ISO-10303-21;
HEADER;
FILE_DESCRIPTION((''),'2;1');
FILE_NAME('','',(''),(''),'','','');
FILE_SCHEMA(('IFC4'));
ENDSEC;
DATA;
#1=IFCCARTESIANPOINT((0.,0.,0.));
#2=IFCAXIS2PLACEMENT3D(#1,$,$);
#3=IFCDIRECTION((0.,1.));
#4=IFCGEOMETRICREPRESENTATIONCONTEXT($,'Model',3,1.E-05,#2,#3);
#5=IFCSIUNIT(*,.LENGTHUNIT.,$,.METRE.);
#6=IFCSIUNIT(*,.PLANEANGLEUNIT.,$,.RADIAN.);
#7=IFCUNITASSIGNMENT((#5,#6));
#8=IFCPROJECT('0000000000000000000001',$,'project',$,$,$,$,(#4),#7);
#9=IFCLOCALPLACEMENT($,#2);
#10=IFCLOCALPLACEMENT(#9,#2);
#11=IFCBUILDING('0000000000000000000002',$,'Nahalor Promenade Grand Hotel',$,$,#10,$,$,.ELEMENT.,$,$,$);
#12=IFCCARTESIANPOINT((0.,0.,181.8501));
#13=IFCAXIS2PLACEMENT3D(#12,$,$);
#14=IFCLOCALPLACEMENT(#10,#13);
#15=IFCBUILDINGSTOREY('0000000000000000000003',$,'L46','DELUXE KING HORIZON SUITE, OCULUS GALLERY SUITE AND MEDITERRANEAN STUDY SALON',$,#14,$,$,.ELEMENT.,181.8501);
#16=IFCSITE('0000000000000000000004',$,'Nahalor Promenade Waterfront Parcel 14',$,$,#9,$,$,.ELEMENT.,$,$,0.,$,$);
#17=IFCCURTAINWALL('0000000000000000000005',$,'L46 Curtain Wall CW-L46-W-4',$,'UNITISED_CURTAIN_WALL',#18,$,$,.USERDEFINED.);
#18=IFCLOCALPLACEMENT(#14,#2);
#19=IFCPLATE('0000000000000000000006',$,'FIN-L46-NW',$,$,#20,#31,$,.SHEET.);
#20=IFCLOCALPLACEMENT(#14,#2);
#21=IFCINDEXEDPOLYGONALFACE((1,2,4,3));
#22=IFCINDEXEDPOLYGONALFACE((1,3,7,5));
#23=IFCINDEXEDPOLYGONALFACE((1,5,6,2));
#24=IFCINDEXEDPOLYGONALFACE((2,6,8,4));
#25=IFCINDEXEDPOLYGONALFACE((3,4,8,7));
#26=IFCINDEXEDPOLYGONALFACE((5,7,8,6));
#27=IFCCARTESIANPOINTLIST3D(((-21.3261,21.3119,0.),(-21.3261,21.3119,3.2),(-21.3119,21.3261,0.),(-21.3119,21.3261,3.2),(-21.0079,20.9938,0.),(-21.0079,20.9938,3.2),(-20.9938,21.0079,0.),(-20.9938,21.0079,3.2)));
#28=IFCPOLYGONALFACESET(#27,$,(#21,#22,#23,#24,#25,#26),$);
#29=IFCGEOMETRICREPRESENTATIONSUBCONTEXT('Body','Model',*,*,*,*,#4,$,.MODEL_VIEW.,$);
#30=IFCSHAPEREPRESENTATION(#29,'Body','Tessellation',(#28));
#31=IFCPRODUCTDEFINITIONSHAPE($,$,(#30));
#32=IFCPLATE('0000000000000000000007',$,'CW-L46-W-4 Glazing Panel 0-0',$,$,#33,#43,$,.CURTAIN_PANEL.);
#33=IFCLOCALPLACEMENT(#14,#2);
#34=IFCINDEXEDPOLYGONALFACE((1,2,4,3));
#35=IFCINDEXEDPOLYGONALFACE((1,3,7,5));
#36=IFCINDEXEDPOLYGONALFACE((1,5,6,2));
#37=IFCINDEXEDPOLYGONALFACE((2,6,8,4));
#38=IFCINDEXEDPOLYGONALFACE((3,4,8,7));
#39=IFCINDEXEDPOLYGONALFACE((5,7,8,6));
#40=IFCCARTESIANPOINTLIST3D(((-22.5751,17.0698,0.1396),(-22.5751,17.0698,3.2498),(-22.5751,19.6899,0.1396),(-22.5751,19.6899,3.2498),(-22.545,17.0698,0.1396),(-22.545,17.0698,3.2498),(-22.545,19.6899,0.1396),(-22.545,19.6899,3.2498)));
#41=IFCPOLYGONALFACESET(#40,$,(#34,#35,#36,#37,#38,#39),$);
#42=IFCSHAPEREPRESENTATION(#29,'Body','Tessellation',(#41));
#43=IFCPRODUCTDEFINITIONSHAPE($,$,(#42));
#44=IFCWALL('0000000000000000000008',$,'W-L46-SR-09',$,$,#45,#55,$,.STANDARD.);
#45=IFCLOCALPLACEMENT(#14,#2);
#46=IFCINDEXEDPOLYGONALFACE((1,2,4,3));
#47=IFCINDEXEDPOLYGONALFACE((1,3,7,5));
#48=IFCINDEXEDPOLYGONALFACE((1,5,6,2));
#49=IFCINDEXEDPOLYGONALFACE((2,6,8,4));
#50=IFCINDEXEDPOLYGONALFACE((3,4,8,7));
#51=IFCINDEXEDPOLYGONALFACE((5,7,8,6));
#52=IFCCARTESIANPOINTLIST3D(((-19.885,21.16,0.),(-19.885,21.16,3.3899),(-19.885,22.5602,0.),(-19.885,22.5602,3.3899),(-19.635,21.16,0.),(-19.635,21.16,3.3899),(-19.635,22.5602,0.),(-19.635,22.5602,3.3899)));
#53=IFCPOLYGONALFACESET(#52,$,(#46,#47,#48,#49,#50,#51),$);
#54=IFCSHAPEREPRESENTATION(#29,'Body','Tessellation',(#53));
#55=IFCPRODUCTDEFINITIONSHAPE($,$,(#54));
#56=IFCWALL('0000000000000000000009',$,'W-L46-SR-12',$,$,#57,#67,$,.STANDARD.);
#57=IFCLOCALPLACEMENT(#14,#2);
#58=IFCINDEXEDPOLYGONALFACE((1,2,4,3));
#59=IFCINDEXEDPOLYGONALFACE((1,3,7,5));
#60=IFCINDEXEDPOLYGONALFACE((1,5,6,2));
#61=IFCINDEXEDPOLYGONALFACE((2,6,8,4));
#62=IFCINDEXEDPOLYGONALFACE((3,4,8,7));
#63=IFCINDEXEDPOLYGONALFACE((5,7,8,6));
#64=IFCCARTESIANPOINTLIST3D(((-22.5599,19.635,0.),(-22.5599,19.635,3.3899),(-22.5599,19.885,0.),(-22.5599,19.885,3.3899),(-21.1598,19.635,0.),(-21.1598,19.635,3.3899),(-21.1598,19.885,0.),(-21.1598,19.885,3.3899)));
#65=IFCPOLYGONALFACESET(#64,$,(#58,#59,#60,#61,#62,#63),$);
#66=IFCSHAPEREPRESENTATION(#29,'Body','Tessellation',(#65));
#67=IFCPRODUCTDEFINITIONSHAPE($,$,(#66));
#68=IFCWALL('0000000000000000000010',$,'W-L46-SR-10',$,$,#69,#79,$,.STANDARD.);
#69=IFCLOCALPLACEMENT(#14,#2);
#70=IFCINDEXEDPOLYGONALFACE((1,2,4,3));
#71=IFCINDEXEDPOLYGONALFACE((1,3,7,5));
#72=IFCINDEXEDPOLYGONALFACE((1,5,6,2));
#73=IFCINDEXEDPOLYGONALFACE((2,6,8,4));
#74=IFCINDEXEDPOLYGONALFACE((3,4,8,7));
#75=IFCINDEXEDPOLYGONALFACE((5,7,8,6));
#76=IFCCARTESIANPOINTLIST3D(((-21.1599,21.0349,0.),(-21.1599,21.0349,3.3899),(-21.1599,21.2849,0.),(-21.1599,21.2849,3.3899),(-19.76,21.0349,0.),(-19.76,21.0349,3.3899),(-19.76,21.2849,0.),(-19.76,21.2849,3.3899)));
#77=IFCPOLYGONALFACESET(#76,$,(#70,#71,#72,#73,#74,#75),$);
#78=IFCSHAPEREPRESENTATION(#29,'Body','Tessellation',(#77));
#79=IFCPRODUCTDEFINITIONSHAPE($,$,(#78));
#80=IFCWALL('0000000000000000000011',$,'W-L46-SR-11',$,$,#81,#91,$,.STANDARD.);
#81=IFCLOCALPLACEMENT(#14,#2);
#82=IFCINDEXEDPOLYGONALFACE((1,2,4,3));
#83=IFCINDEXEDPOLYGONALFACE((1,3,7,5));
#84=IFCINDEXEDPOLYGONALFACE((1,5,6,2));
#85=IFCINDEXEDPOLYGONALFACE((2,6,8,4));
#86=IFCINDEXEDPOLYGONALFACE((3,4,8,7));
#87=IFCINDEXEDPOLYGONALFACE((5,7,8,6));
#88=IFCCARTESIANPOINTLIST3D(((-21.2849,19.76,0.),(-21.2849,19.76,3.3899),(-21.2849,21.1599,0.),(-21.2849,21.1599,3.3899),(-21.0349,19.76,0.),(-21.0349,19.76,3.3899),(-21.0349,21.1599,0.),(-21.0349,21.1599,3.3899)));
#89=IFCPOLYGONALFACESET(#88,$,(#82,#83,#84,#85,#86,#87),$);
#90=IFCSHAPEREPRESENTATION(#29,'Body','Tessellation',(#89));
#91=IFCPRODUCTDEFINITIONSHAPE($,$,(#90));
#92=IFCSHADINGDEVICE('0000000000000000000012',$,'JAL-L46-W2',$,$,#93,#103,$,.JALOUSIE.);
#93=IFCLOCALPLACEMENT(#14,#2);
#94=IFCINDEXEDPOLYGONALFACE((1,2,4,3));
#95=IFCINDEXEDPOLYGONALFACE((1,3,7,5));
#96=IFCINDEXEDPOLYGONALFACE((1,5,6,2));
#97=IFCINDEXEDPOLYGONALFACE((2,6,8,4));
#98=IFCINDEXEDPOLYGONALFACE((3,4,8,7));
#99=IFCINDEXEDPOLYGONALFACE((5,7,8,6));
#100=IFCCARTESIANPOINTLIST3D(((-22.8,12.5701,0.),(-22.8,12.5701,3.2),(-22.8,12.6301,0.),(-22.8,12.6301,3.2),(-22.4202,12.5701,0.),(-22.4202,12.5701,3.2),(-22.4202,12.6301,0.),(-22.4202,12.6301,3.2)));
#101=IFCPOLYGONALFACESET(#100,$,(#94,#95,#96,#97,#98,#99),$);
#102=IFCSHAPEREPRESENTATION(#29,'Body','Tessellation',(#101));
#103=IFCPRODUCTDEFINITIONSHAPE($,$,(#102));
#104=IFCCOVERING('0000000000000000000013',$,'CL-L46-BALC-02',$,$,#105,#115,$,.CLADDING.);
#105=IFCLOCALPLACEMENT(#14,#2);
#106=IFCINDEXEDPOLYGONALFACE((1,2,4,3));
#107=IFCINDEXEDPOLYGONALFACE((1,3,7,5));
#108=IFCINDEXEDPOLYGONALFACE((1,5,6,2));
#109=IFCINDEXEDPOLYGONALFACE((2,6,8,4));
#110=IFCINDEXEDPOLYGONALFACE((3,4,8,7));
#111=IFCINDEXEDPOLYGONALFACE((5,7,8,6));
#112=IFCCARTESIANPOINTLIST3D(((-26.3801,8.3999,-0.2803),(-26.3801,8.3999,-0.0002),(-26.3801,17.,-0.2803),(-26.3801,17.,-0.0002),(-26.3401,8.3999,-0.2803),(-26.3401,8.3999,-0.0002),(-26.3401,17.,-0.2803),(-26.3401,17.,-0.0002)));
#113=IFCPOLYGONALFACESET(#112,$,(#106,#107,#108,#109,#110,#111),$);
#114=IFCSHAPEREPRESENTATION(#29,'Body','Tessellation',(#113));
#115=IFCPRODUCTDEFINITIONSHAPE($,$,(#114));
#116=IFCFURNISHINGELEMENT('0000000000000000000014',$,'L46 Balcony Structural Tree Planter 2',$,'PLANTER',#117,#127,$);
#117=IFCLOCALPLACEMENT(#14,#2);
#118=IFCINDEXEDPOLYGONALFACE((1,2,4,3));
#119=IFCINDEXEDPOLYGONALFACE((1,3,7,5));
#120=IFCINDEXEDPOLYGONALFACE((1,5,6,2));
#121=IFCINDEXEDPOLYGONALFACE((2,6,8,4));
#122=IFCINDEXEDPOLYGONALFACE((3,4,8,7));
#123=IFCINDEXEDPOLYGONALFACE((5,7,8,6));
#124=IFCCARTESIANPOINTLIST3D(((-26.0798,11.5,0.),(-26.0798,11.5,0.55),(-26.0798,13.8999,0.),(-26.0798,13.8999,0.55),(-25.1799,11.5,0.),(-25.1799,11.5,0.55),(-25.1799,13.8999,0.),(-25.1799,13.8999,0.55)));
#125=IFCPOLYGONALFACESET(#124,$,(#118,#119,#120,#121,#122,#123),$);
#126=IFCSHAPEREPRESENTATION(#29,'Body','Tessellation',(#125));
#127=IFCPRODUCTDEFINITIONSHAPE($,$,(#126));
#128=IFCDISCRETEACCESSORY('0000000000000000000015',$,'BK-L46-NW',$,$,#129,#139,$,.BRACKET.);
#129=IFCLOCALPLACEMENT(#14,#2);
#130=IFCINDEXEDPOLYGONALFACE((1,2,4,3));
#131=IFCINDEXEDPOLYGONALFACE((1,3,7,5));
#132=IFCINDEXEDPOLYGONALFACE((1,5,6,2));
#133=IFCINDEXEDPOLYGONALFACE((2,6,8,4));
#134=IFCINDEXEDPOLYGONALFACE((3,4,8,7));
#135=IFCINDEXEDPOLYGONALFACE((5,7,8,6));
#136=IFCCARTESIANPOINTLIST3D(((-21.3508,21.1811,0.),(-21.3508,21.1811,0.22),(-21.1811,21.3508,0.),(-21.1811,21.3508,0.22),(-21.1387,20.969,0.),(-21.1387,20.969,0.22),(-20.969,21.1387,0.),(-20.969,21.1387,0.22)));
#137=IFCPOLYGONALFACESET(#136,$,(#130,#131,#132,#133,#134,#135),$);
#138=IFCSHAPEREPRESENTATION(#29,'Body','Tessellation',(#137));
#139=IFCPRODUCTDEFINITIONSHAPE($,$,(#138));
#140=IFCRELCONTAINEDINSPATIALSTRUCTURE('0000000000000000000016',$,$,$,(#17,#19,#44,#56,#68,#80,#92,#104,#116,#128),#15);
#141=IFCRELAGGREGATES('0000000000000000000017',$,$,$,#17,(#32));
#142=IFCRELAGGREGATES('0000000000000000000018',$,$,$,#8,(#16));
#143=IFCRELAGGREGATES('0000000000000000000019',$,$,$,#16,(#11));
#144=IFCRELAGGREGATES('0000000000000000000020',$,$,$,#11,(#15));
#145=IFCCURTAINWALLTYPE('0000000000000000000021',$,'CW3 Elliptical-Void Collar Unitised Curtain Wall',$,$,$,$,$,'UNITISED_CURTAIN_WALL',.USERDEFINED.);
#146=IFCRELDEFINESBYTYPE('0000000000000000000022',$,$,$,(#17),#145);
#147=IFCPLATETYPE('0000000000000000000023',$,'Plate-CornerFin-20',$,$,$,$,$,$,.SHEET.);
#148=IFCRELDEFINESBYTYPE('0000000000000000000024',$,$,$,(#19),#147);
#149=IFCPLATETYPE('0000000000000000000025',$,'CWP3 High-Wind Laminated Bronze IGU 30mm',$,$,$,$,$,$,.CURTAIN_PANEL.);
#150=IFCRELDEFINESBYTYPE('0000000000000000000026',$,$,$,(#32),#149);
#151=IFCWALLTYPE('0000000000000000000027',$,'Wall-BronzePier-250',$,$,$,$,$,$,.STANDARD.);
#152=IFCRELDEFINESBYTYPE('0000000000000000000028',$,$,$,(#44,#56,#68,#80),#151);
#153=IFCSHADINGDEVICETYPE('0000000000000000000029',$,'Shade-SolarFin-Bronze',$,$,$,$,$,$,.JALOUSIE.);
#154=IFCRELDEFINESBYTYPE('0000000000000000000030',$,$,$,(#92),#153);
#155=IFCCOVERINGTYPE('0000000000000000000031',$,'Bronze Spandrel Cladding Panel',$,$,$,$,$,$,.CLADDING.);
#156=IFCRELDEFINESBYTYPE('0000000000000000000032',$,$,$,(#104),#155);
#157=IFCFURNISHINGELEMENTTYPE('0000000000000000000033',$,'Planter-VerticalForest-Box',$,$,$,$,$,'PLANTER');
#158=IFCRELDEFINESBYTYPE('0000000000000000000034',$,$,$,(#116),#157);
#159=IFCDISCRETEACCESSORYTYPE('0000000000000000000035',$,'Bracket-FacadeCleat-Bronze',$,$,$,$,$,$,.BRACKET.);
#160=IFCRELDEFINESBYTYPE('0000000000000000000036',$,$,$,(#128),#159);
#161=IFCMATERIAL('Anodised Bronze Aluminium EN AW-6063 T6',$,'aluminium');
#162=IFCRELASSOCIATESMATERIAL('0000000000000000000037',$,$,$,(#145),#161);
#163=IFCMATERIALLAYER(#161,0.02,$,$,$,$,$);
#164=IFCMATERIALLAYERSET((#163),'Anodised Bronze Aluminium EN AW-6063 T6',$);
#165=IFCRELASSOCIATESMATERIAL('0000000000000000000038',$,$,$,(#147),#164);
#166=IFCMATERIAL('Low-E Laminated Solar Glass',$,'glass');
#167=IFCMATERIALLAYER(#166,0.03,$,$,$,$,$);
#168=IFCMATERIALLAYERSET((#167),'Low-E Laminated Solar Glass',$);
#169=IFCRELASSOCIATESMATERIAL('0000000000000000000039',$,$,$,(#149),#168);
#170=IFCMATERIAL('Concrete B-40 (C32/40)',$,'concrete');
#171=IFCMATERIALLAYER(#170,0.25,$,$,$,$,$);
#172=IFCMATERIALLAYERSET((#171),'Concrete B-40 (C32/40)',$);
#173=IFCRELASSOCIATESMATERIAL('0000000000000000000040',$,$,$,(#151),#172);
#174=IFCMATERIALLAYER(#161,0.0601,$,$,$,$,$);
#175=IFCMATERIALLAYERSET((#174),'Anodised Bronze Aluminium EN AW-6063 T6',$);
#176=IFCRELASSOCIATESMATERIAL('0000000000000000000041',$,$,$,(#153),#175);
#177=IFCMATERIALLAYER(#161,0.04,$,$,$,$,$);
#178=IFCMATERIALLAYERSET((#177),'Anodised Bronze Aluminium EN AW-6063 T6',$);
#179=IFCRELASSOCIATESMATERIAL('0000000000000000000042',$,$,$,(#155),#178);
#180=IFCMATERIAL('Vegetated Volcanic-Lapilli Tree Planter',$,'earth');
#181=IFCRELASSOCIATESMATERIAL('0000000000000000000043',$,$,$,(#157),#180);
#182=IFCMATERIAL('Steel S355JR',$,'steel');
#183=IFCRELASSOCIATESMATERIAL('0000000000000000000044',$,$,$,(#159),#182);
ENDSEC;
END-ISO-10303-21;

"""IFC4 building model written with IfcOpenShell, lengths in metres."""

from ifc_helpers import new_model, si_unit, direction, frame, frame_2d, origin, origin_2d, place, context, subcontext, project, spatial, rectangle, extrude, source, transform, mapped, material, layer, layer_set, type_object, element, aggregate, save


model = new_model("IFC4")

# Units and contexts
model_context = context("Model", 3, precision=1e-05, world=origin(), true_north=direction((0.0, 1.0)))
body_context = subcontext(model_context, "Body", "Model", "MODEL_VIEW")
ifc_project = project(units=[si_unit("LENGTHUNIT", "METRE"), si_unit("PLANEANGLEUNIT", "RADIAN")], contexts=[model_context])

# Site, building, storey
site_placement = place(None, origin())
site = spatial("IfcSite", under=ifc_project, at=site_placement, Name="Nahalor Promenade Waterfront Parcel 14", CompositionType="ELEMENT", RefElevation=0.0)
building_placement = place(site_placement, origin())
building = spatial("IfcBuilding", under=site, at=building_placement, Name="Nahalor Promenade Grand Hotel", CompositionType="ELEMENT")
storey_placement = place(building_placement, frame((0.0, 0.0, 181.8501)))
storey = spatial("IfcBuildingStorey", under=building, at=storey_placement, Name="L46", Description="DELUXE KING HORIZON SUITE, OCULUS GALLERY SUITE AND MEDITERRANEAN STUDY SALON", CompositionType="ELEMENT", Elevation=181.8501)

# Shared definitions
ifc_material_1 = material(Name="Steel S355JR", Category="steel")

# Curtain wall
ifc_material_2 = material(Name="Anodised Bronze Aluminium EN AW-6063 T6", Category="aluminium")
curtain_wall_type = type_object("IfcCurtainWallType", Name="CW3 Elliptical-Void Collar Unitised Curtain Wall", ElementType="UNITISED_CURTAIN_WALL", PredefinedType="USERDEFINED", material=ifc_material_2)
curtain_wall_1_placement = place(storey_placement, origin())
curtain_wall_1 = element("IfcCurtainWall", 1, at=curtain_wall_1_placement, inside=storey, type_object=curtain_wall_type, Name="L46 Curtain Wall CW-L46-W-4", ObjectType="UNITISED_CURTAIN_WALL", PredefinedType="USERDEFINED")

# Plates
ifc_layer_1 = layer(ifc_material_2, 0.02)
ifc_layer_set_1 = layer_set([ifc_layer_1], Name="Anodised Bronze Aluminium EN AW-6063 T6")
plate_type_1 = type_object("IfcPlateType", Name="Plate-CornerFin-20", PredefinedType="SHEET", material=ifc_layer_set_1)
shared_shape_1 = source(origin(), body_context, "Body", "SweptSolid", [
    extrude(rectangle(XDim=0.45, YDim=0.02, at=origin_2d()), origin(), (0.0, 0.0, 1.0), 3.2),
])
plate_1_placement = place(storey_placement, frame((-21.1599, 21.1599, 0.0), z_axis=(0.0, 0.0, 1.0), x_axis=(-0.707107, 0.707107, 0.0)))
element("IfcPlate", 2, at=plate_1_placement, inside=storey, type_object=plate_type_1, Name="FIN-L46-NW", PredefinedType="SHEET", context=body_context, shape_type="MappedRepresentation", body=[
    mapped(shared_shape_1, transform((0.0, 0.0, 0.0), scale=1.0)),
])
ifc_material_3 = material(Name="Low-E Laminated Solar Glass", Category="glass")
ifc_layer_2 = layer(ifc_material_3, 0.03)
ifc_layer_set_2 = layer_set([ifc_layer_2], Name="Low-E Laminated Solar Glass")
plate_type_2 = type_object("IfcPlateType", Name="CWP3 High-Wind Laminated Bronze IGU 30mm", PredefinedType="CURTAIN_PANEL", material=ifc_layer_set_2)
shared_shape_2 = source(origin(), body_context, "Body", "SweptSolid", [
    extrude(rectangle(XDim=2.6201, YDim=0.03, at=origin_2d()), origin(), (0.0, 0.0, 1.0), 3.1101),
])
plate_2_placement = place(storey_placement, frame((-22.5601, 18.3799, 0.1396), z_axis=(0.0, 0.0, 1.0), x_axis=(0.0, 1.0, 0.0)))
plate_2 = element("IfcPlate", 3, at=plate_2_placement, type_object=plate_type_2, Name="CW-L46-W-4 Glazing Panel 0-0", PredefinedType="CURTAIN_PANEL", context=body_context, shape_type="MappedRepresentation", body=[
    mapped(shared_shape_2, transform((0.0, 0.0, 0.0), scale=1.0)),
])
aggregate(curtain_wall_1, [plate_2])

# Walls
ifc_material_4 = material(Name="Concrete B-40 (C32/40)", Category="concrete")
ifc_layer_3 = layer(ifc_material_4, 0.25)
ifc_layer_set_3 = layer_set([ifc_layer_3], Name="Concrete B-40 (C32/40)")
wall_type = type_object("IfcWallType", Name="Wall-BronzePier-250", PredefinedType="STANDARD", material=ifc_layer_set_3)
shared_shape_3 = source(origin(), body_context, "Body", "SweptSolid", [
    extrude(rectangle(XDim=1.4001, YDim=0.25, at=frame_2d((0.7002, 0.0))), origin(), (0.0, 0.0, 1.0), 3.3899),
])
for number, where, z_axis, x_axis, name in (
    (4, (-19.76, 21.1599, 0.0), (0.0, 0.0, 1.0), (0.0, 1.0, 0.0), "W-L46-SR-09"),
    (5, (-22.5601, 19.76, 0.0), (0.0, 0.0, 1.0), (1.0, 0.0, 0.0), "W-L46-SR-12"),
):
    element("IfcWall", number, at=place(storey_placement, frame(where, z_axis=z_axis, x_axis=x_axis)), inside=storey, type_object=wall_type, Name=name, PredefinedType="STANDARD", context=body_context, shape_type="MappedRepresentation", body=[
        mapped(shared_shape_3, transform((0.0, 0.0, 0.0), scale=1.0)),
    ])
shared_shape_4 = source(origin(), body_context, "Body", "SweptSolid", [
    extrude(rectangle(XDim=1.3999, YDim=0.25, at=frame_2d((0.7, 0.0))), origin(), (0.0, 0.0, 1.0), 3.3899),
])
for number, where, z_axis, x_axis, name in (
    (6, (-21.1599, 21.1599, 0.0), (0.0, 0.0, 1.0), (1.0, 0.0, 0.0), "W-L46-SR-10"),
    (7, (-21.1599, 19.76, 0.0), (0.0, 0.0, 1.0), (0.0, 1.0, 0.0), "W-L46-SR-11"),
):
    element("IfcWall", number, at=place(storey_placement, frame(where, z_axis=z_axis, x_axis=x_axis)), inside=storey, type_object=wall_type, Name=name, PredefinedType="STANDARD", context=body_context, shape_type="MappedRepresentation", body=[
        mapped(shared_shape_4, transform((0.0, 0.0, 0.0), scale=1.0)),
    ])

# Shading device
ifc_layer_4 = layer(ifc_material_2, 0.0601)
ifc_layer_set_4 = layer_set([ifc_layer_4], Name="Anodised Bronze Aluminium EN AW-6063 T6")
shading_device_type = type_object("IfcShadingDeviceType", Name="Shade-SolarFin-Bronze", PredefinedType="JALOUSIE", material=ifc_layer_set_4)
shared_shape_5 = source(origin(), body_context, "Body", "SweptSolid", [
    extrude(rectangle(XDim=0.3799, YDim=0.0601, at=origin_2d()), origin(), (0.0, 0.0, 1.0), 3.2),
])
shading_device_placement = place(storey_placement, frame((-22.6101, 12.6001, 0.0), z_axis=(0.0, 0.0, 1.0), x_axis=(1.0, 0.0, 0.0)))
element("IfcShadingDevice", 8, at=shading_device_placement, inside=storey, type_object=shading_device_type, Name="JAL-L46-W2", PredefinedType="JALOUSIE", context=body_context, shape_type="MappedRepresentation", body=[
    mapped(shared_shape_5, transform((0.0, 0.0, 0.0), scale=1.0)),
])

# Covering
ifc_layer_5 = layer(ifc_material_2, 0.04)
ifc_layer_set_5 = layer_set([ifc_layer_5], Name="Anodised Bronze Aluminium EN AW-6063 T6")
covering_type = type_object("IfcCoveringType", Name="Bronze Spandrel Cladding Panel", PredefinedType="CLADDING", material=ifc_layer_set_5)
shared_shape_6 = source(origin(), body_context, "Body", "SweptSolid", [
    extrude(rectangle(XDim=8.6001, YDim=0.04, at=origin_2d()), origin(), (0.0, 0.0, 1.0), 0.28),
])
covering_placement = place(storey_placement, frame((-26.3601, 12.7, -0.2803), z_axis=(0.0, 0.0, 1.0), x_axis=(0.0, 1.0, 0.0)))
element("IfcCovering", 9, at=covering_placement, inside=storey, type_object=covering_type, Name="CL-L46-BALC-02", PredefinedType="CLADDING", context=body_context, shape_type="MappedRepresentation", body=[
    mapped(shared_shape_6, transform((0.0, 0.0, 0.0), scale=1.0)),
])

# Furnishing element
ifc_material_5 = material(Name="Vegetated Volcanic-Lapilli Tree Planter", Category="earth")
furnishing_element_type = type_object("IfcFurnishingElementType", Name="Planter-VerticalForest-Box", ElementType="PLANTER", material=ifc_material_5)
shared_shape_7 = source(origin(), body_context, "Body", "SweptSolid", [
    extrude(rectangle(XDim=2.3999, YDim=0.8999, at=origin_2d()), origin(), (0.0, 0.0, 1.0), 0.55),
])
furnishing_placement = place(storey_placement, frame((-25.6299, 12.7, 0.0), z_axis=(0.0, 0.0, 1.0), x_axis=(0.0, 1.0, 0.0)))
element("IfcFurnishingElement", 10, at=furnishing_placement, inside=storey, type_object=furnishing_element_type, Name="L46 Balcony Structural Tree Planter 2", ObjectType="PLANTER", context=body_context, shape_type="MappedRepresentation", body=[
    mapped(shared_shape_7, transform((0.0, 0.0, 0.0), scale=1.0)),
])

# Discrete accessory
discrete_accessory_type = type_object("IfcDiscreteAccessoryType", Name="Bracket-FacadeCleat-Bronze", PredefinedType="BRACKET", material=ifc_material_1)
shared_shape_8 = source(origin(), body_context, "Body", "SweptSolid", [
    extrude(rectangle(XDim=0.3, YDim=0.24, at=origin_2d()), origin(), (0.0, 0.0, 1.0), 0.22),
])
discrete_accessory_placement = place(storey_placement, frame((-21.1599, 21.1599, 0.0), z_axis=(0.0, 0.0, 1.0), x_axis=(-0.707107, 0.707107, 0.0)))
element("IfcDiscreteAccessory", 11, at=discrete_accessory_placement, inside=storey, type_object=discrete_accessory_type, Name="BK-L46-NW", PredefinedType="BRACKET", context=body_context, shape_type="MappedRepresentation", body=[
    mapped(shared_shape_8, transform((0.0, 0.0, 0.0), scale=1.0)),
])

save(model, "model.ifc")
